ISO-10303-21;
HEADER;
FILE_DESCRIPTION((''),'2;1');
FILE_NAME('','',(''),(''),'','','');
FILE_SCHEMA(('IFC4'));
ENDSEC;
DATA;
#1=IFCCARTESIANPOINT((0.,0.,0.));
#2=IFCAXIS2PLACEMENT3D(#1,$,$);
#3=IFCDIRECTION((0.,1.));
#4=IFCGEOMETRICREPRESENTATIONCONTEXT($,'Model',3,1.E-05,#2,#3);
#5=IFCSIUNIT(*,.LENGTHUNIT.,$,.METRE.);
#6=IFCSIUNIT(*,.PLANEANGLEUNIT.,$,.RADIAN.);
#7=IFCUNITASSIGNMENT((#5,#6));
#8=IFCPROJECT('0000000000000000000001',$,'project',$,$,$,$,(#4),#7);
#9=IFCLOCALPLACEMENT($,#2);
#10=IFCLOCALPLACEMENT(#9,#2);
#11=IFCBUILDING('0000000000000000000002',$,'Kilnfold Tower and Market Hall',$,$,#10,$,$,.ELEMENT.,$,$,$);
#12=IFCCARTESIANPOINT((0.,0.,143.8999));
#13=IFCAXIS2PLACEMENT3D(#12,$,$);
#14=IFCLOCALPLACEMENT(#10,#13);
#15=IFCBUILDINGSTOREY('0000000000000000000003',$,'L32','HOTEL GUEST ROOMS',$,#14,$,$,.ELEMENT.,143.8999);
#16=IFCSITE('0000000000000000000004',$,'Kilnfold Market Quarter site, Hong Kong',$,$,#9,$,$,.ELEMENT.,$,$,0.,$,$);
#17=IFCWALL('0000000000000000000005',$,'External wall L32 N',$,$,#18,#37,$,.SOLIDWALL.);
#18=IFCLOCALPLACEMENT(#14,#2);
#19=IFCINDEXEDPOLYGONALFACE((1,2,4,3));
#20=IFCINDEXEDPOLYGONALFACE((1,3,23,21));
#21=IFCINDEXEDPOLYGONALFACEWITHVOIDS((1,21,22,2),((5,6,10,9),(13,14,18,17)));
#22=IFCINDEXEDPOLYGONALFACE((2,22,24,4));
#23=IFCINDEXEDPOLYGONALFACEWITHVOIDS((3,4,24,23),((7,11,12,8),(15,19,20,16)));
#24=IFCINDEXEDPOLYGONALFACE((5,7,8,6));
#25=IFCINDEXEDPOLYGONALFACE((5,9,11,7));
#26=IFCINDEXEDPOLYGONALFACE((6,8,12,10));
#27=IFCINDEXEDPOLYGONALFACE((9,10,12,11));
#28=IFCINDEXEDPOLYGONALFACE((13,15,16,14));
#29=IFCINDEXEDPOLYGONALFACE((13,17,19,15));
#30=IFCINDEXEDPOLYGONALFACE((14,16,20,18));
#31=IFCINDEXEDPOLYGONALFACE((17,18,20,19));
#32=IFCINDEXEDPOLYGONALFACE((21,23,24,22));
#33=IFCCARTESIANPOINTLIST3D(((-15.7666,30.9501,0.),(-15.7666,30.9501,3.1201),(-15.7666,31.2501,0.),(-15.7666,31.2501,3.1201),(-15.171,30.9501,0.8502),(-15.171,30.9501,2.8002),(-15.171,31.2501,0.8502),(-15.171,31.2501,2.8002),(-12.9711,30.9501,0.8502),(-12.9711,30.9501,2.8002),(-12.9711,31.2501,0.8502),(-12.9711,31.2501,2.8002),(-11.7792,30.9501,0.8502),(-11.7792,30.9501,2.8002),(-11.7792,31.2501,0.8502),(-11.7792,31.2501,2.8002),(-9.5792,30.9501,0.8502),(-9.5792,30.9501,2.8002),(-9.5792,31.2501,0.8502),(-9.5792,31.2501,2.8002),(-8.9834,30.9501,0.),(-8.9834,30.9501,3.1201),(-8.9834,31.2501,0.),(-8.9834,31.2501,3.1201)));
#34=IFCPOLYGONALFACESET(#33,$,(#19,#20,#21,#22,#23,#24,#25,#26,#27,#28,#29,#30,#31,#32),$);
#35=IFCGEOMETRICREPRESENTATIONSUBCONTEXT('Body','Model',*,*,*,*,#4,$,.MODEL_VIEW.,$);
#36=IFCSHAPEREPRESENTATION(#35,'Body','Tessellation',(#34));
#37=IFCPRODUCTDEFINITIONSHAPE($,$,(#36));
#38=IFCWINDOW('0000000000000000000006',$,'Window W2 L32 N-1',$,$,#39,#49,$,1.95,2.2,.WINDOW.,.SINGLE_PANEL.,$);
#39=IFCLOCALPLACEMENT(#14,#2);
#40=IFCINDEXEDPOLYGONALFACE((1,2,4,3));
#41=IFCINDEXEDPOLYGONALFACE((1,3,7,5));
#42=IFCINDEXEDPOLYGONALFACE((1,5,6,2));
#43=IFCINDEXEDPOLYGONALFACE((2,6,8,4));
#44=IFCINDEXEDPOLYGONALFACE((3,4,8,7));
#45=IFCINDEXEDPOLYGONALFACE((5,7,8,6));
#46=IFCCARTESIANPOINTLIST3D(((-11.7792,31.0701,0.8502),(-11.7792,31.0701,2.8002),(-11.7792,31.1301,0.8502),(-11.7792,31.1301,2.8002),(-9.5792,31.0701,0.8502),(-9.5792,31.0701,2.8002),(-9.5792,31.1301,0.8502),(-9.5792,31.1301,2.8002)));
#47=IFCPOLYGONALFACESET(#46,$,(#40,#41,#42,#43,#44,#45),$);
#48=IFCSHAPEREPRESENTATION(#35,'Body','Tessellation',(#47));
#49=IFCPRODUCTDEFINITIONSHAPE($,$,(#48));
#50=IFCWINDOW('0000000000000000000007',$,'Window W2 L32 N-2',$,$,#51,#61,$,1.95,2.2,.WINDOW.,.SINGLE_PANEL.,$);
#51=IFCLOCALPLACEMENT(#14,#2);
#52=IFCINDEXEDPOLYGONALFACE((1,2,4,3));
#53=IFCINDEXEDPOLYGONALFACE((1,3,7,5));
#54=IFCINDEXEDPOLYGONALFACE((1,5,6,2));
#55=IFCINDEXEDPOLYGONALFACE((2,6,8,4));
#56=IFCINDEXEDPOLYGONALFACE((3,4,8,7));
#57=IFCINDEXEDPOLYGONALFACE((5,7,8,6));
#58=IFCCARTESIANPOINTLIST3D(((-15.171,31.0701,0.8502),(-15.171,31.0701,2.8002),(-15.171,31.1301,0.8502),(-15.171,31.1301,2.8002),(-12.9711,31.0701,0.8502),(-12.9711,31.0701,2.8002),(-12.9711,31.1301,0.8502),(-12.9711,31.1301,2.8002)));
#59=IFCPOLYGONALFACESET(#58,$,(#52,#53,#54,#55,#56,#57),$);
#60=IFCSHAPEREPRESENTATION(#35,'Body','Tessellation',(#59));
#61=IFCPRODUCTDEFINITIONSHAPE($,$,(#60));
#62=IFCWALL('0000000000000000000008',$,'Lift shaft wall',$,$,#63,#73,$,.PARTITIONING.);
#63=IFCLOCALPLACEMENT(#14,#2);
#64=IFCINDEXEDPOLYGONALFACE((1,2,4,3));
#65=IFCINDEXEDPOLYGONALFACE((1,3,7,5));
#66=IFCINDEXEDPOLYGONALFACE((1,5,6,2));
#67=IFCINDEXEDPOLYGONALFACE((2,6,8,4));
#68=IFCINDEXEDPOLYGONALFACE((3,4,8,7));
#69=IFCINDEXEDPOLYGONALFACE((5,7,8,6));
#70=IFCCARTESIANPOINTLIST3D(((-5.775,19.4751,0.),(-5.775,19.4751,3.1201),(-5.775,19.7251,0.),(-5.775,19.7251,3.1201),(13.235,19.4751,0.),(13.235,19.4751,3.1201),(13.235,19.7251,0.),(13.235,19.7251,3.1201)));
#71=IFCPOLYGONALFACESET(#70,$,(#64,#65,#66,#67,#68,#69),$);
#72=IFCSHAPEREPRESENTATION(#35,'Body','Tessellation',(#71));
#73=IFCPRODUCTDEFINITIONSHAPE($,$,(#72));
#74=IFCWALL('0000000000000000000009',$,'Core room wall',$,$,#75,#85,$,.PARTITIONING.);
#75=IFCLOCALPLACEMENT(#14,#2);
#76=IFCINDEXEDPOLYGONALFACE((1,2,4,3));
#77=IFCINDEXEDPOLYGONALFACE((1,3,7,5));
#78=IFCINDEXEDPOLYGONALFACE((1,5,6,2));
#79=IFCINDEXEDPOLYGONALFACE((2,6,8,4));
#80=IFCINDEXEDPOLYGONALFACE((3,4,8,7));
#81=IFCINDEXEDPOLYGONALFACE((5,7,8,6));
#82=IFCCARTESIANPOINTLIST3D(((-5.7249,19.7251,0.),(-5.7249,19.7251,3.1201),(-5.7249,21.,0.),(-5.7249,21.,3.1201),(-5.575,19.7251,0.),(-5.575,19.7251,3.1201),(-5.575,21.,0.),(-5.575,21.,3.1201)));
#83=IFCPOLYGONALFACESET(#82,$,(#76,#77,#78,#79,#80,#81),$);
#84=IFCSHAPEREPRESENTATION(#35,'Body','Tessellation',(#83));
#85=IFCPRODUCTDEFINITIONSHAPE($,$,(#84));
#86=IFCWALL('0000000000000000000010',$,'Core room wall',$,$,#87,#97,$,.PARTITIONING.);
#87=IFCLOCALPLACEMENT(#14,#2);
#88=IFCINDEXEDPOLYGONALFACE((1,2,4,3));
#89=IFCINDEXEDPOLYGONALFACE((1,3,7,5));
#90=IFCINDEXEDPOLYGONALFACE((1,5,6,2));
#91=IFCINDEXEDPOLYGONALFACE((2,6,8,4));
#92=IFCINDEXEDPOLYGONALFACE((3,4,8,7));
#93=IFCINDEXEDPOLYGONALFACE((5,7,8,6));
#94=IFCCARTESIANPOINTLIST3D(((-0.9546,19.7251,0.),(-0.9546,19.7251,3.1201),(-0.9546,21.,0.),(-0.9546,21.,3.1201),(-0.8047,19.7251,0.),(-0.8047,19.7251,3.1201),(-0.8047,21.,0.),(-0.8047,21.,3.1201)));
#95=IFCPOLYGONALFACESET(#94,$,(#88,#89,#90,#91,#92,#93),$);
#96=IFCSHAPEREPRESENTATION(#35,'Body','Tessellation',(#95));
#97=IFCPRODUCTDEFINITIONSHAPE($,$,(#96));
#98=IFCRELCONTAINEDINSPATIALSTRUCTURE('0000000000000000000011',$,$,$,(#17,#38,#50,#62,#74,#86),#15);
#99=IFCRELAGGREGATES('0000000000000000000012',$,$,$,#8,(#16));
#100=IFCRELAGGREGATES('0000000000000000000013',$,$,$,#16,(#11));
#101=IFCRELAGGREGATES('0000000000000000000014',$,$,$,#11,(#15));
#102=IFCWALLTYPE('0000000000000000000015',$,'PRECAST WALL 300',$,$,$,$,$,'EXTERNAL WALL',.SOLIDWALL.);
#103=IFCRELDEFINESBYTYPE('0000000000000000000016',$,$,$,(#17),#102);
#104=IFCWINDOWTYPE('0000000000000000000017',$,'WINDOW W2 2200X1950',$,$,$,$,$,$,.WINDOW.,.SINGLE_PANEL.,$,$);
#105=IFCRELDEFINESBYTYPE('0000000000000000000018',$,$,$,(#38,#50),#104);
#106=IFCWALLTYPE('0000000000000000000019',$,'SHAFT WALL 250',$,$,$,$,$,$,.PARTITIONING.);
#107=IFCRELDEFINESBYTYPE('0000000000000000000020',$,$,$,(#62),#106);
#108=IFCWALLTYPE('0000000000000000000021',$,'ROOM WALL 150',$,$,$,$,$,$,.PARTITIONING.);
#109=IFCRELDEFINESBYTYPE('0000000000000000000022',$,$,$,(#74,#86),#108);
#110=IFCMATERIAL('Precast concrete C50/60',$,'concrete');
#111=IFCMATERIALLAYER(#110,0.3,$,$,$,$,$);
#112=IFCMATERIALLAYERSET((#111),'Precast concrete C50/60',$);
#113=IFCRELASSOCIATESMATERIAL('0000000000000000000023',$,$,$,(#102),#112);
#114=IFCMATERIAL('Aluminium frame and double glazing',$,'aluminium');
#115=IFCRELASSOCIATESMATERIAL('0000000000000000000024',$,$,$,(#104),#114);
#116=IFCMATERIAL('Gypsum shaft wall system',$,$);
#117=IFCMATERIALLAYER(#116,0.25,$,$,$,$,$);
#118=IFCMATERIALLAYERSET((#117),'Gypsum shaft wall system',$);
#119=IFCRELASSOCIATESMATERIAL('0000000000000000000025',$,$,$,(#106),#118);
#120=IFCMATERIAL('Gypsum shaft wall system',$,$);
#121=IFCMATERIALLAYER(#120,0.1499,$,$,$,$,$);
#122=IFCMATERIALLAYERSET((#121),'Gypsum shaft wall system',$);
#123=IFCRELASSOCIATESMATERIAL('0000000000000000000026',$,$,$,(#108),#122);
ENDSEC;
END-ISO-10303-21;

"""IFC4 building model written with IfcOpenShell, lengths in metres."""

from ifc_helpers import new_model, si_unit, direction, frame, frame_2d, origin, place, context, subcontext, project, spatial, rectangle, extrude, source, transform, mapped, material, layer, layer_set, type_object, element, fill, save


model = new_model("IFC4")

# Units and contexts
model_context = context("Model", 3, precision=1e-05, world=origin(), true_north=direction((0.0, 1.0)))
body_context = subcontext(model_context, "Body", "Model", "MODEL_VIEW")
ifc_project = project(units=[si_unit("LENGTHUNIT", "METRE"), si_unit("PLANEANGLEUNIT", "RADIAN")], contexts=[model_context])

# Site, building, storey
site_placement = place(None, origin())
site = spatial("IfcSite", under=ifc_project, at=site_placement, Name="Kilnfold Market Quarter site, Hong Kong", CompositionType="ELEMENT", RefElevation=0.0)
building_placement = place(site_placement, origin())
building = spatial("IfcBuilding", under=site, at=building_placement, Name="Kilnfold Tower and Market Hall", CompositionType="ELEMENT")
storey_placement = place(building_placement, frame((0.0, 0.0, 143.8999)))
storey = spatial("IfcBuildingStorey", under=building, at=storey_placement, Name="L32", Description="HOTEL GUEST ROOMS", CompositionType="ELEMENT", Elevation=143.8999)

# Wall, openings, windows
ifc_material_1 = material(Name="Precast concrete C50/60", Category="concrete")
ifc_layer_1 = layer(ifc_material_1, 0.3)
ifc_layer_set_1 = layer_set([ifc_layer_1], Name="Precast concrete C50/60")
wall_type_1 = type_object("IfcWallType", Name="PRECAST WALL 300", ElementType="EXTERNAL WALL", PredefinedType="SOLIDWALL", material=ifc_layer_set_1)
ifc_material_2 = material(Name="Aluminium frame and double glazing", Category="aluminium")
window_type = type_object("IfcWindowType", Name="WINDOW W2 2200X1950", PartitioningType="SINGLE_PANEL", PredefinedType="WINDOW", material=ifc_material_2)
shared_shape_1 = source(origin(), body_context, "Body", "SweptSolid", [
    extrude(rectangle(XDim=6.7832, YDim=0.3, at=frame_2d((3.3916, 0.0))), origin(), (0.0, 0.0, 1.0), 3.1201),
])
wall_1_placement = place(storey_placement, frame((-8.9834, 31.1001, 0.0), z_axis=(0.0, 0.0, 1.0), x_axis=(-1.0, 0.0, 0.0)))
wall_1 = element("IfcWall", 1, at=wall_1_placement, inside=storey, type_object=wall_type_1, Name="External wall L32 N", PredefinedType="SOLIDWALL", context=body_context, shape_type="MappedRepresentation", body=[
    mapped(shared_shape_1, transform((0.0, 0.0, 0.0))),
])
opening_1_placement = place(wall_1_placement, frame((0.5957, 0.0, 0.8501)))
opening_1 = element("IfcOpeningElement", 2, at=opening_1_placement, cuts=wall_1, PredefinedType="OPENING", context=body_context, shape_type="SweptSolid", body=[
    extrude(rectangle(XDim=2.2, YDim=1.95, at=frame_2d((1.1001, 0.9751))), frame((0.0, 0.1602, 0.0), z_axis=(0.0, -1.0, 0.0), x_axis=(1.0, 0.0, 0.0)), (0.0, 0.0, 1.0), 0.3201),
])
opening_2_placement = place(wall_1_placement, frame((3.9875, 0.0, 0.8501)))
opening_2 = element("IfcOpeningElement", 3, at=opening_2_placement, cuts=wall_1, PredefinedType="OPENING", context=body_context, shape_type="SweptSolid", body=[
    extrude(rectangle(XDim=2.2, YDim=1.95, at=frame_2d((1.1001, 0.9751))), frame((0.0, 0.1602, 0.0), z_axis=(0.0, -1.0, 0.0), x_axis=(1.0, 0.0, 0.0)), (0.0, 0.0, 1.0), 0.3201),
])
window_1_placement = place(opening_1_placement, origin())
window_1 = element("IfcWindow", 4, at=window_1_placement, inside=storey, type_object=window_type, Name="Window W2 L32 N-1", OverallHeight=1.95, OverallWidth=2.2, PartitioningType="SINGLE_PANEL", PredefinedType="WINDOW", context=body_context, shape_type="SweptSolid", body=[
    extrude(rectangle(XDim=2.2, YDim=1.95, at=frame_2d((1.1001, 0.9751))), frame((0.0, 0.03, 0.0), z_axis=(0.0, -1.0, 0.0), x_axis=(1.0, 0.0, 0.0)), (0.0, 0.0, 1.0), 0.0601),
])
fill(opening_1, window_1)
window_2_placement = place(opening_2_placement, origin())
window_2 = element("IfcWindow", 5, at=window_2_placement, inside=storey, type_object=window_type, Name="Window W2 L32 N-2", OverallHeight=1.95, OverallWidth=2.2, PartitioningType="SINGLE_PANEL", PredefinedType="WINDOW", context=body_context, shape_type="SweptSolid", body=[
    extrude(rectangle(XDim=2.2, YDim=1.95, at=frame_2d((1.1001, 0.9751))), frame((0.0, 0.03, 0.0), z_axis=(0.0, -1.0, 0.0), x_axis=(1.0, 0.0, 0.0)), (0.0, 0.0, 1.0), 0.0601),
])
fill(opening_2, window_2)

# Walls
ifc_material_3 = material(Name="Gypsum shaft wall system")
ifc_layer_2 = layer(ifc_material_3, 0.25)
ifc_layer_set_2 = layer_set([ifc_layer_2], Name="Gypsum shaft wall system")
wall_type_2 = type_object("IfcWallType", Name="SHAFT WALL 250", PredefinedType="PARTITIONING", material=ifc_layer_set_2)
shared_shape_2 = source(origin(), body_context, "Body", "SweptSolid", [
    extrude(rectangle(XDim=19.01, YDim=0.25, at=frame_2d((9.5049, 0.0))), origin(), (0.0, 0.0, 1.0), 3.1201),
])
wall_2_placement = place(storey_placement, frame((-5.7749, 19.6001, 0.0), z_axis=(0.0, 0.0, 1.0), x_axis=(1.0, 0.0, 0.0)))
element("IfcWall", 6, at=wall_2_placement, inside=storey, type_object=wall_type_2, Name="Lift shaft wall", PredefinedType="PARTITIONING", context=body_context, shape_type="MappedRepresentation", body=[
    mapped(shared_shape_2, transform((0.0, 0.0, 0.0))),
])
ifc_material_4 = material(Name="Gypsum shaft wall system")
ifc_layer_3 = layer(ifc_material_4, 0.1499)
ifc_layer_set_3 = layer_set([ifc_layer_3], Name="Gypsum shaft wall system")
wall_type_3 = type_object("IfcWallType", Name="ROOM WALL 150", PredefinedType="PARTITIONING", material=ifc_layer_set_3)
shared_shape_3 = source(origin(), body_context, "Body", "SweptSolid", [
    extrude(rectangle(XDim=1.2749, YDim=0.1499, at=frame_2d((0.6375, 0.0))), origin(), (0.0, 0.0, 1.0), 3.1201),
])
for number, where, z_axis, x_axis, name in (
    (7, (-5.6499, 19.7251, 0.0), (0.0, 0.0, 1.0), (0.0, 1.0, 0.0), "Core room wall"),
    (8, (-0.8796, 19.7251, 0.0), (0.0, 0.0, 1.0), (0.0, 1.0, 0.0), "Core room wall"),
):
    element("IfcWall", number, at=place(storey_placement, frame(where, z_axis=z_axis, x_axis=x_axis)), inside=storey, type_object=wall_type_3, Name=name, PredefinedType="PARTITIONING", context=body_context, shape_type="MappedRepresentation", body=[
        mapped(shared_shape_3, transform((0.0, 0.0, 0.0))),
    ])

save(model, "model.ifc")
